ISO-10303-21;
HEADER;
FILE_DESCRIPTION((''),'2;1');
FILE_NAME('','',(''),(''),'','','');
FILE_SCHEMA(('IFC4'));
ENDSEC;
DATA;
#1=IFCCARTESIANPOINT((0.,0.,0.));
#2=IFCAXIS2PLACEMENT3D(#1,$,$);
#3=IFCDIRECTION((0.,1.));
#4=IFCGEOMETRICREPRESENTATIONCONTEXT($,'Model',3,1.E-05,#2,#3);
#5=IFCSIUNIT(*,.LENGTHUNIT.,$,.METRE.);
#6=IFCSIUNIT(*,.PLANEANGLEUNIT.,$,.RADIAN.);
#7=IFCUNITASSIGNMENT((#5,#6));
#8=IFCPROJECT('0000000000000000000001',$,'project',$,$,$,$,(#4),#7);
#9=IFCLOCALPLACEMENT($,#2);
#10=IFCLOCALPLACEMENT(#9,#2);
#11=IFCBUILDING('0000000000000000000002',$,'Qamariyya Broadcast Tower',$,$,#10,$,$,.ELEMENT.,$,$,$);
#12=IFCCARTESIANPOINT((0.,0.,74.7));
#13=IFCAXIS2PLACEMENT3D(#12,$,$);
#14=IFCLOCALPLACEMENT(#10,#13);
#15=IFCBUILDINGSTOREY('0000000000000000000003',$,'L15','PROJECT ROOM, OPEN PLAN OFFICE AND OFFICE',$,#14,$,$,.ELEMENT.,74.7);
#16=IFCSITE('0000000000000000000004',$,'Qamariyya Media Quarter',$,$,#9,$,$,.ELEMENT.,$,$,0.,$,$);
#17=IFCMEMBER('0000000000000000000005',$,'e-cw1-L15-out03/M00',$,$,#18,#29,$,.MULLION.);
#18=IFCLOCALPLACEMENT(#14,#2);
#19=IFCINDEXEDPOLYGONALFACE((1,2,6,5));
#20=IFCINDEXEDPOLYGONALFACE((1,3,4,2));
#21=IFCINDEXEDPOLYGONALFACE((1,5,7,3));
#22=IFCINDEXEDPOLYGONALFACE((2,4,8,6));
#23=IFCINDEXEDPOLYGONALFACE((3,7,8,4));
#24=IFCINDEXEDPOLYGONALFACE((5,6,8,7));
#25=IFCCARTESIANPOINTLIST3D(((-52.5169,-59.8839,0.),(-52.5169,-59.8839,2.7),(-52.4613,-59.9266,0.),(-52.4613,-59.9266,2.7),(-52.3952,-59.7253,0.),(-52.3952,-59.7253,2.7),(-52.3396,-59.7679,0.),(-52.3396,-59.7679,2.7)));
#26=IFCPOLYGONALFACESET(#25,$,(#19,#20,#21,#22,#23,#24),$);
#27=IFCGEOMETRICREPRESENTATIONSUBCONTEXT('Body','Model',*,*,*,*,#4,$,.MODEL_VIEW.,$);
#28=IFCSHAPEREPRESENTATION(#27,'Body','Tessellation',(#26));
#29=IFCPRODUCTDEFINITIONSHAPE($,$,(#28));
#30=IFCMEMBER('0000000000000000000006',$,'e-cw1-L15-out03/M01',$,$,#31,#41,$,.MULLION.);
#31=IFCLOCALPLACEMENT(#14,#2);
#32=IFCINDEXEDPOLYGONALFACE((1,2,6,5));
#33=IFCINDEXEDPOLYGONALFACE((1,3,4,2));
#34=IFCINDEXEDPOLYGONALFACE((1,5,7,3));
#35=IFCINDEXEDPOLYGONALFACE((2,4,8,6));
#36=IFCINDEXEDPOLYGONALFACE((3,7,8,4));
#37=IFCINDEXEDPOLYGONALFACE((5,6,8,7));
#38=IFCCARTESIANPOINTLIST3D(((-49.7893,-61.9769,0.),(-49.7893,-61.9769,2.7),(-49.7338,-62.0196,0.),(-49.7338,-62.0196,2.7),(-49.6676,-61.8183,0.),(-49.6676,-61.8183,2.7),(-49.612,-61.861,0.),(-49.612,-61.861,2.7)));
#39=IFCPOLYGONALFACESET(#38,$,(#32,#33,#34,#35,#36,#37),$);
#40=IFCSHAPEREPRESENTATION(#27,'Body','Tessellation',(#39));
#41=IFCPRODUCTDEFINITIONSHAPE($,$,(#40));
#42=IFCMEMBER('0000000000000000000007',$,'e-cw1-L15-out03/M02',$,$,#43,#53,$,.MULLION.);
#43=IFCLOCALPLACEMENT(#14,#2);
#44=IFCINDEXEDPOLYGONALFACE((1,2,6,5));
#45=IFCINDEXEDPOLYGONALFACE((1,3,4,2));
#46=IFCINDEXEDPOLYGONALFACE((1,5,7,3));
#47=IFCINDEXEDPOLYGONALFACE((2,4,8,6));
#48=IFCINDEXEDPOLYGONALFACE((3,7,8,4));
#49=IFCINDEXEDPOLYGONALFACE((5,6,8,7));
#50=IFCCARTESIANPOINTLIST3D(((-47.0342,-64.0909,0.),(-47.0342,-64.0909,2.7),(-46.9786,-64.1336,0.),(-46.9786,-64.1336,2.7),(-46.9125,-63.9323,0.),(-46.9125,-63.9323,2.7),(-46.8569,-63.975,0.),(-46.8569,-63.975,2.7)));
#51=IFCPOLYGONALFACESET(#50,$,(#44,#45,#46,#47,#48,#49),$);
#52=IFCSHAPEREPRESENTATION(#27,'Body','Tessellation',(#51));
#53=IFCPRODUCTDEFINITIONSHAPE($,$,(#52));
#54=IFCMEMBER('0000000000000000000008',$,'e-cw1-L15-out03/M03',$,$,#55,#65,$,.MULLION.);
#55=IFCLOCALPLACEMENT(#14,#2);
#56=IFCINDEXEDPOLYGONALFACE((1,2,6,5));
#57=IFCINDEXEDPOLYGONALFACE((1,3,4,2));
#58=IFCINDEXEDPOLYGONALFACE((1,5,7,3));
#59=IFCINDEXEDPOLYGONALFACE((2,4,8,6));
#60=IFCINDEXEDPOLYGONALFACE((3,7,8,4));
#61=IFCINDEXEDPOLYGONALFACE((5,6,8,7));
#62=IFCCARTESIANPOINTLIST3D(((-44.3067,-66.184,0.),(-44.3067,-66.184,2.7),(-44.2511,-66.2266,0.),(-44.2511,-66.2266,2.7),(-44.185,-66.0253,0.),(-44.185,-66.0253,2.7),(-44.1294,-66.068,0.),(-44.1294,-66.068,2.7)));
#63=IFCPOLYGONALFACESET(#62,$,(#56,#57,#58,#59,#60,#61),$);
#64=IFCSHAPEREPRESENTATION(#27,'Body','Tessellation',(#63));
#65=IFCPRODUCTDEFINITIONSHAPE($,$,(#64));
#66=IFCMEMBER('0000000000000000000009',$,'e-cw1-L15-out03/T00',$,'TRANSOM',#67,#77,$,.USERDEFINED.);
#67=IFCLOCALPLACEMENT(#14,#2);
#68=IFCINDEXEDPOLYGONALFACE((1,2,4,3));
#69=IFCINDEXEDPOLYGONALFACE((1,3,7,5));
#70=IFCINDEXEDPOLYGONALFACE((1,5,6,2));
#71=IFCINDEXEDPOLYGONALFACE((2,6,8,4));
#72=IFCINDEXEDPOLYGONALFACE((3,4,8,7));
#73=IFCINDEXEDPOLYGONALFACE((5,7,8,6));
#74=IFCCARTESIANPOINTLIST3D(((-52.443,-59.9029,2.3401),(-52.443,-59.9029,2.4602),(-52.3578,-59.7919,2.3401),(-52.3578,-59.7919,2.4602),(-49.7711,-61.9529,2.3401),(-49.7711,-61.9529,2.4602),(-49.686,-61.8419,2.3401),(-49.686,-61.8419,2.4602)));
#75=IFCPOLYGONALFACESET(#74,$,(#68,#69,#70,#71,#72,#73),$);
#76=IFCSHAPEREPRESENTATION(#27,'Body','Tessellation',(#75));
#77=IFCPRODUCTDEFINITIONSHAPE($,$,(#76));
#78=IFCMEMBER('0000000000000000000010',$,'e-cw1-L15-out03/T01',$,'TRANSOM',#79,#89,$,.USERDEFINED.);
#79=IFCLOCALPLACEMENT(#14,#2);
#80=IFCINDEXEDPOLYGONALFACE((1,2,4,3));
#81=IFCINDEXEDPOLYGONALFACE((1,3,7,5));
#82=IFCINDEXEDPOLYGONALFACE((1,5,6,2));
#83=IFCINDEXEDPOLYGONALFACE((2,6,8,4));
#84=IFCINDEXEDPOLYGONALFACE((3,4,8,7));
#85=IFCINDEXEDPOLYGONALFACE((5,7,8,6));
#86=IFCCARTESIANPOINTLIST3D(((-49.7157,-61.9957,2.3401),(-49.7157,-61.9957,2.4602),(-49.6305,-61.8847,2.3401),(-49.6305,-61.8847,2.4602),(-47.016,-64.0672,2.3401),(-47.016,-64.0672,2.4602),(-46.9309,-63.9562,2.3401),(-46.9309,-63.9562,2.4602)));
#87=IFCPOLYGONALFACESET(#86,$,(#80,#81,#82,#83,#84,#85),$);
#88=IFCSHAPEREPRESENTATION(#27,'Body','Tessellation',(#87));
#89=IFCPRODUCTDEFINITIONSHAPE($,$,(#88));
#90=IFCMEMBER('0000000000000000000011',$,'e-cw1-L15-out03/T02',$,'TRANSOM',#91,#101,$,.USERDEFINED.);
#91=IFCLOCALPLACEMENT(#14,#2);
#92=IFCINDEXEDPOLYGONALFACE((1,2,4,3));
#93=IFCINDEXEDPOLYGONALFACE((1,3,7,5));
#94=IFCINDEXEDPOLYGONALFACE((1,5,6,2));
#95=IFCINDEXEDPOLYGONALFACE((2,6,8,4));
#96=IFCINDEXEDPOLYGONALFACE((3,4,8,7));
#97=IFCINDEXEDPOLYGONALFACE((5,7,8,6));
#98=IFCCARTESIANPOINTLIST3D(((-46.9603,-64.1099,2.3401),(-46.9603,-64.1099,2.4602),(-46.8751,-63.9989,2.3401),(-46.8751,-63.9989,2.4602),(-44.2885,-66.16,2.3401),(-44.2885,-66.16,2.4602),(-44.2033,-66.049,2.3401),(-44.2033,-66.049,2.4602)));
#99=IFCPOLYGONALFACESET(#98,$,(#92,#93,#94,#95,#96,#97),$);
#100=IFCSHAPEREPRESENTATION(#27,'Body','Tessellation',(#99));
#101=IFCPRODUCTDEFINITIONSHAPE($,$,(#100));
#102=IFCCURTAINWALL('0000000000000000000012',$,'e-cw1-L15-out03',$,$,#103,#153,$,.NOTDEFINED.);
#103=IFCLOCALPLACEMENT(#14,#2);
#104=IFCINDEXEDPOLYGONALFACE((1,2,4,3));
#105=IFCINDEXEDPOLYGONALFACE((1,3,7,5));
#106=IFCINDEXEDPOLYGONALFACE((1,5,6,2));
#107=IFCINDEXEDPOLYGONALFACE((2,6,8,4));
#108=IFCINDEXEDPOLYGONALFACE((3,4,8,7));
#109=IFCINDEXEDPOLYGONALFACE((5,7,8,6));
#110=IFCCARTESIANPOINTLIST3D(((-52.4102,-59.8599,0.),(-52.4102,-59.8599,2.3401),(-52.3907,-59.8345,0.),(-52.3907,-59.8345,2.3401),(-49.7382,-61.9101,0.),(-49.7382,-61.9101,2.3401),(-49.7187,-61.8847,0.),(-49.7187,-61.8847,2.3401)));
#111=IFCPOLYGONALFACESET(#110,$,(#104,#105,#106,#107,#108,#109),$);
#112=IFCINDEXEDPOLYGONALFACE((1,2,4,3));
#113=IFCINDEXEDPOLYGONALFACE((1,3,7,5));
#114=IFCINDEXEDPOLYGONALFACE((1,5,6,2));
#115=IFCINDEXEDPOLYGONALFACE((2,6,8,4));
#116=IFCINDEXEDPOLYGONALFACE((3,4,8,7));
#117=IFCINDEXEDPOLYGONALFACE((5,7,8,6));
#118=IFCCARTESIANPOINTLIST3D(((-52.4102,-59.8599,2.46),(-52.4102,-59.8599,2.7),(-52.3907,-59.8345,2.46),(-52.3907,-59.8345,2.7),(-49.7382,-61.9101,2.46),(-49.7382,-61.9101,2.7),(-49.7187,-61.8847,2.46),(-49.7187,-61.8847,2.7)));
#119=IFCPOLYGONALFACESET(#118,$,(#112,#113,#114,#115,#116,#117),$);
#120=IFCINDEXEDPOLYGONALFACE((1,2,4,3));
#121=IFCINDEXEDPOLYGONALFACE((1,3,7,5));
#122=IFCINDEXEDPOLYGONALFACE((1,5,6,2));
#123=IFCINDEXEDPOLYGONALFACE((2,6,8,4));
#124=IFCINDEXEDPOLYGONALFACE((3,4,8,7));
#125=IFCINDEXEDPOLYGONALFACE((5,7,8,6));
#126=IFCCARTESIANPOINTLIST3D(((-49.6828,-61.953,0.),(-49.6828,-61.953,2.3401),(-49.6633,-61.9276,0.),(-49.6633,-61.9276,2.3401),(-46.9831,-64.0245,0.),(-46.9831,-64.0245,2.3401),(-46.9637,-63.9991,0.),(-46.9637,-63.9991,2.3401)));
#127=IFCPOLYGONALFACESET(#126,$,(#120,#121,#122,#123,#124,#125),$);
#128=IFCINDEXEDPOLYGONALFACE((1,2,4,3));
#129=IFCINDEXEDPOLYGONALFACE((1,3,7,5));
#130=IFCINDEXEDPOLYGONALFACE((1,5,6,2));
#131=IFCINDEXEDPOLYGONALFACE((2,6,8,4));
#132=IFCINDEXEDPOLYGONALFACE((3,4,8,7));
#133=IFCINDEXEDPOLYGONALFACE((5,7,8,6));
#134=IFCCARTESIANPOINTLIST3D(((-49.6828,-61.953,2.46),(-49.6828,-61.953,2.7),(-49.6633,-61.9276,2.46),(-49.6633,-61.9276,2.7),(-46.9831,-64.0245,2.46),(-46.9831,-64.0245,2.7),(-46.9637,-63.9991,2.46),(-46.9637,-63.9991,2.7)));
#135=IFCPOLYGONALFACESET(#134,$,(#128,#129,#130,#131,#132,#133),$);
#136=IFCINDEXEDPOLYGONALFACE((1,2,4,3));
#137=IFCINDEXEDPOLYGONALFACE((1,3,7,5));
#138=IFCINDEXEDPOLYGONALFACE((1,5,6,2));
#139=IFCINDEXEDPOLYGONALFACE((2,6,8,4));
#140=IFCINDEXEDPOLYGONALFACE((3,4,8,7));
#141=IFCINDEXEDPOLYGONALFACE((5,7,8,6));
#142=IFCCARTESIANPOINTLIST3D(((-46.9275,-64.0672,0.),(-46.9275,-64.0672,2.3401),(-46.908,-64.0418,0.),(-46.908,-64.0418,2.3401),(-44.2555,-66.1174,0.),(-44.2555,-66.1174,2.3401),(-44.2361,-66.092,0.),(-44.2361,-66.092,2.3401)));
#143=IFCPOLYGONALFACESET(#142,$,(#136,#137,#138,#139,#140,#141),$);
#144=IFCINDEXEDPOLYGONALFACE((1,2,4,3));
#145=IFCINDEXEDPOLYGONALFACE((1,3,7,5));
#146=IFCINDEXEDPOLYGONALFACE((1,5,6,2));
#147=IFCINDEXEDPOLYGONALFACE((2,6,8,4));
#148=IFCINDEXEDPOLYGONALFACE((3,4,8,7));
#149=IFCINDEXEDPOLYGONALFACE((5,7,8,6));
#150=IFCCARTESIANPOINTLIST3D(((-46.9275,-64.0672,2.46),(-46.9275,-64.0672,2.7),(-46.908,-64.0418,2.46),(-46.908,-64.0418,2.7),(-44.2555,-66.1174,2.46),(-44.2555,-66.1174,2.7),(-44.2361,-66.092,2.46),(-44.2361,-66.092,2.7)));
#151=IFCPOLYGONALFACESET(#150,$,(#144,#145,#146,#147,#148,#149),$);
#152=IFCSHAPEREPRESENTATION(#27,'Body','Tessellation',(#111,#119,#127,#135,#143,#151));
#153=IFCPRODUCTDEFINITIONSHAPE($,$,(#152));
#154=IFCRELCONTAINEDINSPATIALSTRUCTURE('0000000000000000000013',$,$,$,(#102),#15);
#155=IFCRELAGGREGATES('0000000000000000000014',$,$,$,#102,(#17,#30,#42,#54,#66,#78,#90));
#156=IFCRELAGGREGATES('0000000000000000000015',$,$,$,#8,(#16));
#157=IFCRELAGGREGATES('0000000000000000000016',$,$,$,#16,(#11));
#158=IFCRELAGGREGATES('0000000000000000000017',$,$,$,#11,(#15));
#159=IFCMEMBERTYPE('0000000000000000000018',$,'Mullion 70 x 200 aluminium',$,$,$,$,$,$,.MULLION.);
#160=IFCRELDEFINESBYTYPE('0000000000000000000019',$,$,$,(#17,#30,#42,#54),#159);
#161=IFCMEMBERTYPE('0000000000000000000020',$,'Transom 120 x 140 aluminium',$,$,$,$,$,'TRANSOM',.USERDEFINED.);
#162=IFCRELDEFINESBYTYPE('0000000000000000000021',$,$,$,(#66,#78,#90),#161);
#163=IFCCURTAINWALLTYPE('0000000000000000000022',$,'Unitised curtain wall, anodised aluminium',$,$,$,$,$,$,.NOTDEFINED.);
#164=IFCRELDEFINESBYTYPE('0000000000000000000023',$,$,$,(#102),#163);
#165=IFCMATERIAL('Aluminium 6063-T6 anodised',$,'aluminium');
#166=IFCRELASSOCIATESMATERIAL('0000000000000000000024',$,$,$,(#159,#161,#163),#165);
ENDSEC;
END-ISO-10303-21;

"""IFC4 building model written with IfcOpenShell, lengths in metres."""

from ifc_helpers import new_model, si_unit, direction, frame, origin, origin_2d, place, context, subcontext, project, spatial, rectangle, extrude, material, material_profile, profile_set, type_object, element, aggregate, save


model = new_model("IFC4")

# Units and contexts
model_context = context("Model", 3, precision=1e-05, world=origin(), true_north=direction((0.0, 1.0)))
body_context = subcontext(model_context, "Body", "Model", "MODEL_VIEW")
ifc_project = project(units=[si_unit("LENGTHUNIT", "METRE"), si_unit("PLANEANGLEUNIT", "RADIAN")], contexts=[model_context])

# Members
ifc_material_1 = material(Name="Aluminium 6063-T6 anodised", Category="aluminium")
ifc_material_profile_1 = material_profile(ifc_material_1, rectangle(XDim=0.2, YDim=0.0701, at=origin_2d()))
ifc_profile_set_1 = profile_set([ifc_material_profile_1], Name="Aluminium 6063-T6 anodised")
member_type_1 = type_object("IfcMemberType", Name="Mullion 70 x 200 aluminium", PredefinedType="MULLION", material=ifc_profile_set_1)
site_placement = place(None, origin())
building_placement = place(site_placement, origin())
storey_placement = place(building_placement, frame((0.0, 0.0, 74.7)))
member_1_placement = place(storey_placement, frame((-52.4282, -59.8259, 0.0), z_axis=(0.0, 0.0, 1.0), x_axis=(0.608761, 0.793353, 0.0)))
member_1 = element("IfcMember", 1, at=member_1_placement, type_object=member_type_1, Name="e-cw1-L15-out03/M00", PredefinedType="MULLION", context=body_context, shape_type="SweptSolid", body=[
    extrude(rectangle(XDim=0.2, YDim=0.0701, at=origin_2d()), origin(), (0.0, 0.0, 1.0), 2.7),
])
member_2_placement = place(storey_placement, frame((-49.7007, -61.9189, 0.0), z_axis=(0.0, 0.0, 1.0), x_axis=(0.608761, 0.793353, 0.0)))
member_2 = element("IfcMember", 2, at=member_2_placement, type_object=member_type_1, Name="e-cw1-L15-out03/M01", PredefinedType="MULLION", context=body_context, shape_type="SweptSolid", body=[
    extrude(rectangle(XDim=0.2, YDim=0.0701, at=origin_2d()), origin(), (0.0, 0.0, 1.0), 2.7),
])
member_3_placement = place(storey_placement, frame((-46.9456, -64.033, 0.0), z_axis=(0.0, 0.0, 1.0), x_axis=(0.608761, 0.793353, 0.0)))
member_3 = element("IfcMember", 3, at=member_3_placement, type_object=member_type_1, Name="e-cw1-L15-out03/M02", PredefinedType="MULLION", context=body_context, shape_type="SweptSolid", body=[
    extrude(rectangle(XDim=0.2, YDim=0.0701, at=origin_2d()), origin(), (0.0, 0.0, 1.0), 2.7),
])
member_4_placement = place(storey_placement, frame((-44.218, -66.126, 0.0), z_axis=(0.0, 0.0, 1.0), x_axis=(0.608761, 0.793353, 0.0)))
member_4 = element("IfcMember", 4, at=member_4_placement, type_object=member_type_1, Name="e-cw1-L15-out03/M03", PredefinedType="MULLION", context=body_context, shape_type="SweptSolid", body=[
    extrude(rectangle(XDim=0.2, YDim=0.0701, at=origin_2d()), origin(), (0.0, 0.0, 1.0), 2.7),
])
ifc_material_profile_2 = material_profile(ifc_material_1, rectangle(XDim=0.1399, YDim=0.1201, at=origin_2d()))
ifc_profile_set_2 = profile_set([ifc_material_profile_2], Name="Aluminium 6063-T6 anodised")
member_type_2 = type_object("IfcMemberType", Name="Transom 120 x 140 aluminium", ElementType="TRANSOM", PredefinedType="USERDEFINED", material=ifc_profile_set_2)
member_5_placement = place(storey_placement, frame((-52.4004, -59.8474, 2.4001), z_axis=(0.793375, -0.608733, 0.0), x_axis=(0.608733, 0.793375, 0.0)))
member_5 = element("IfcMember", 5, at=member_5_placement, type_object=member_type_2, Name="e-cw1-L15-out03/T00", ObjectType="TRANSOM", PredefinedType="USERDEFINED", context=body_context, shape_type="SweptSolid", body=[
    extrude(rectangle(XDim=0.1399, YDim=0.1201, at=origin_2d()), origin(), (0.0, 0.0, 1.0), 3.3677),
])
member_6_placement = place(storey_placement, frame((-49.6731, -61.9402, 2.4001), z_axis=(0.793357, -0.608757, 0.0), x_axis=(0.608757, 0.793357, 0.0)))
member_6 = element("IfcMember", 6, at=member_6_placement, type_object=member_type_2, Name="e-cw1-L15-out03/T01", ObjectType="TRANSOM", PredefinedType="USERDEFINED", context=body_context, shape_type="SweptSolid", body=[
    extrude(rectangle(XDim=0.1399, YDim=0.1201, at=origin_2d()), origin(), (0.0, 0.0, 1.0), 3.4028),
])
member_7_placement = place(storey_placement, frame((-46.9177, -64.0544, 2.4001), z_axis=(0.793375, -0.608733, 0.0), x_axis=(0.608733, 0.793375, 0.0)))
member_7 = element("IfcMember", 7, at=member_7_placement, type_object=member_type_2, Name="e-cw1-L15-out03/T02", ObjectType="TRANSOM", PredefinedType="USERDEFINED", context=body_context, shape_type="SweptSolid", body=[
    extrude(rectangle(XDim=0.1399, YDim=0.1201, at=origin_2d()), origin(), (0.0, 0.0, 1.0), 3.3677),
])

# Site, building, storey
site = spatial("IfcSite", under=ifc_project, at=site_placement, Name="Qamariyya Media Quarter", CompositionType="ELEMENT", RefElevation=0.0)
building = spatial("IfcBuilding", under=site, at=building_placement, Name="Qamariyya Broadcast Tower", CompositionType="ELEMENT")
storey = spatial("IfcBuildingStorey", under=building, at=storey_placement, Name="L15", Description="PROJECT ROOM, OPEN PLAN OFFICE AND OFFICE", CompositionType="ELEMENT", Elevation=74.7)

# Curtain wall
curtain_wall_type = type_object("IfcCurtainWallType", Name="Unitised curtain wall, anodised aluminium", PredefinedType="NOTDEFINED", material=ifc_material_1)
curtain_wall_1_placement = place(storey_placement, origin())
curtain_wall_1 = element("IfcCurtainWall", 8, at=curtain_wall_1_placement, inside=storey, type_object=curtain_wall_type, Name="e-cw1-L15-out03", PredefinedType="NOTDEFINED", context=body_context, shape_type="SweptSolid", body=[
    extrude(rectangle(XDim=3.3679, YDim=0.032, at=origin_2d()), frame((-51.0645, -60.8723, 0.0), x_axis=(0.793358, -0.608756, 0.0)), (0.0, 0.0, 1.0), 2.3401),
    extrude(rectangle(XDim=3.3679, YDim=0.032, at=origin_2d()), frame((-51.0645, -60.8723, 2.46), x_axis=(0.793358, -0.608756, 0.0)), (0.0, 0.0, 1.0), 0.24),
    extrude(rectangle(XDim=3.4028, YDim=0.032, at=origin_2d()), frame((-48.3232, -62.9761, 0.0), x_axis=(0.793358, -0.608756, 0.0)), (0.0, 0.0, 1.0), 2.3401),
    extrude(rectangle(XDim=3.4028, YDim=0.032, at=origin_2d()), frame((-48.3232, -62.9761, 2.46), x_axis=(0.793358, -0.608756, 0.0)), (0.0, 0.0, 1.0), 0.24),
    extrude(rectangle(XDim=3.3679, YDim=0.032, at=origin_2d()), frame((-45.5818, -65.0796, 0.0), x_axis=(0.793358, -0.608756, 0.0)), (0.0, 0.0, 1.0), 2.3401),
    extrude(rectangle(XDim=3.3679, YDim=0.032, at=origin_2d()), frame((-45.5818, -65.0796, 2.46), x_axis=(0.793358, -0.608756, 0.0)), (0.0, 0.0, 1.0), 0.24),
])
aggregate(curtain_wall_1, [member_1, member_2, member_3, member_4, member_5, member_6, member_7])

save(model, "model.ifc")
